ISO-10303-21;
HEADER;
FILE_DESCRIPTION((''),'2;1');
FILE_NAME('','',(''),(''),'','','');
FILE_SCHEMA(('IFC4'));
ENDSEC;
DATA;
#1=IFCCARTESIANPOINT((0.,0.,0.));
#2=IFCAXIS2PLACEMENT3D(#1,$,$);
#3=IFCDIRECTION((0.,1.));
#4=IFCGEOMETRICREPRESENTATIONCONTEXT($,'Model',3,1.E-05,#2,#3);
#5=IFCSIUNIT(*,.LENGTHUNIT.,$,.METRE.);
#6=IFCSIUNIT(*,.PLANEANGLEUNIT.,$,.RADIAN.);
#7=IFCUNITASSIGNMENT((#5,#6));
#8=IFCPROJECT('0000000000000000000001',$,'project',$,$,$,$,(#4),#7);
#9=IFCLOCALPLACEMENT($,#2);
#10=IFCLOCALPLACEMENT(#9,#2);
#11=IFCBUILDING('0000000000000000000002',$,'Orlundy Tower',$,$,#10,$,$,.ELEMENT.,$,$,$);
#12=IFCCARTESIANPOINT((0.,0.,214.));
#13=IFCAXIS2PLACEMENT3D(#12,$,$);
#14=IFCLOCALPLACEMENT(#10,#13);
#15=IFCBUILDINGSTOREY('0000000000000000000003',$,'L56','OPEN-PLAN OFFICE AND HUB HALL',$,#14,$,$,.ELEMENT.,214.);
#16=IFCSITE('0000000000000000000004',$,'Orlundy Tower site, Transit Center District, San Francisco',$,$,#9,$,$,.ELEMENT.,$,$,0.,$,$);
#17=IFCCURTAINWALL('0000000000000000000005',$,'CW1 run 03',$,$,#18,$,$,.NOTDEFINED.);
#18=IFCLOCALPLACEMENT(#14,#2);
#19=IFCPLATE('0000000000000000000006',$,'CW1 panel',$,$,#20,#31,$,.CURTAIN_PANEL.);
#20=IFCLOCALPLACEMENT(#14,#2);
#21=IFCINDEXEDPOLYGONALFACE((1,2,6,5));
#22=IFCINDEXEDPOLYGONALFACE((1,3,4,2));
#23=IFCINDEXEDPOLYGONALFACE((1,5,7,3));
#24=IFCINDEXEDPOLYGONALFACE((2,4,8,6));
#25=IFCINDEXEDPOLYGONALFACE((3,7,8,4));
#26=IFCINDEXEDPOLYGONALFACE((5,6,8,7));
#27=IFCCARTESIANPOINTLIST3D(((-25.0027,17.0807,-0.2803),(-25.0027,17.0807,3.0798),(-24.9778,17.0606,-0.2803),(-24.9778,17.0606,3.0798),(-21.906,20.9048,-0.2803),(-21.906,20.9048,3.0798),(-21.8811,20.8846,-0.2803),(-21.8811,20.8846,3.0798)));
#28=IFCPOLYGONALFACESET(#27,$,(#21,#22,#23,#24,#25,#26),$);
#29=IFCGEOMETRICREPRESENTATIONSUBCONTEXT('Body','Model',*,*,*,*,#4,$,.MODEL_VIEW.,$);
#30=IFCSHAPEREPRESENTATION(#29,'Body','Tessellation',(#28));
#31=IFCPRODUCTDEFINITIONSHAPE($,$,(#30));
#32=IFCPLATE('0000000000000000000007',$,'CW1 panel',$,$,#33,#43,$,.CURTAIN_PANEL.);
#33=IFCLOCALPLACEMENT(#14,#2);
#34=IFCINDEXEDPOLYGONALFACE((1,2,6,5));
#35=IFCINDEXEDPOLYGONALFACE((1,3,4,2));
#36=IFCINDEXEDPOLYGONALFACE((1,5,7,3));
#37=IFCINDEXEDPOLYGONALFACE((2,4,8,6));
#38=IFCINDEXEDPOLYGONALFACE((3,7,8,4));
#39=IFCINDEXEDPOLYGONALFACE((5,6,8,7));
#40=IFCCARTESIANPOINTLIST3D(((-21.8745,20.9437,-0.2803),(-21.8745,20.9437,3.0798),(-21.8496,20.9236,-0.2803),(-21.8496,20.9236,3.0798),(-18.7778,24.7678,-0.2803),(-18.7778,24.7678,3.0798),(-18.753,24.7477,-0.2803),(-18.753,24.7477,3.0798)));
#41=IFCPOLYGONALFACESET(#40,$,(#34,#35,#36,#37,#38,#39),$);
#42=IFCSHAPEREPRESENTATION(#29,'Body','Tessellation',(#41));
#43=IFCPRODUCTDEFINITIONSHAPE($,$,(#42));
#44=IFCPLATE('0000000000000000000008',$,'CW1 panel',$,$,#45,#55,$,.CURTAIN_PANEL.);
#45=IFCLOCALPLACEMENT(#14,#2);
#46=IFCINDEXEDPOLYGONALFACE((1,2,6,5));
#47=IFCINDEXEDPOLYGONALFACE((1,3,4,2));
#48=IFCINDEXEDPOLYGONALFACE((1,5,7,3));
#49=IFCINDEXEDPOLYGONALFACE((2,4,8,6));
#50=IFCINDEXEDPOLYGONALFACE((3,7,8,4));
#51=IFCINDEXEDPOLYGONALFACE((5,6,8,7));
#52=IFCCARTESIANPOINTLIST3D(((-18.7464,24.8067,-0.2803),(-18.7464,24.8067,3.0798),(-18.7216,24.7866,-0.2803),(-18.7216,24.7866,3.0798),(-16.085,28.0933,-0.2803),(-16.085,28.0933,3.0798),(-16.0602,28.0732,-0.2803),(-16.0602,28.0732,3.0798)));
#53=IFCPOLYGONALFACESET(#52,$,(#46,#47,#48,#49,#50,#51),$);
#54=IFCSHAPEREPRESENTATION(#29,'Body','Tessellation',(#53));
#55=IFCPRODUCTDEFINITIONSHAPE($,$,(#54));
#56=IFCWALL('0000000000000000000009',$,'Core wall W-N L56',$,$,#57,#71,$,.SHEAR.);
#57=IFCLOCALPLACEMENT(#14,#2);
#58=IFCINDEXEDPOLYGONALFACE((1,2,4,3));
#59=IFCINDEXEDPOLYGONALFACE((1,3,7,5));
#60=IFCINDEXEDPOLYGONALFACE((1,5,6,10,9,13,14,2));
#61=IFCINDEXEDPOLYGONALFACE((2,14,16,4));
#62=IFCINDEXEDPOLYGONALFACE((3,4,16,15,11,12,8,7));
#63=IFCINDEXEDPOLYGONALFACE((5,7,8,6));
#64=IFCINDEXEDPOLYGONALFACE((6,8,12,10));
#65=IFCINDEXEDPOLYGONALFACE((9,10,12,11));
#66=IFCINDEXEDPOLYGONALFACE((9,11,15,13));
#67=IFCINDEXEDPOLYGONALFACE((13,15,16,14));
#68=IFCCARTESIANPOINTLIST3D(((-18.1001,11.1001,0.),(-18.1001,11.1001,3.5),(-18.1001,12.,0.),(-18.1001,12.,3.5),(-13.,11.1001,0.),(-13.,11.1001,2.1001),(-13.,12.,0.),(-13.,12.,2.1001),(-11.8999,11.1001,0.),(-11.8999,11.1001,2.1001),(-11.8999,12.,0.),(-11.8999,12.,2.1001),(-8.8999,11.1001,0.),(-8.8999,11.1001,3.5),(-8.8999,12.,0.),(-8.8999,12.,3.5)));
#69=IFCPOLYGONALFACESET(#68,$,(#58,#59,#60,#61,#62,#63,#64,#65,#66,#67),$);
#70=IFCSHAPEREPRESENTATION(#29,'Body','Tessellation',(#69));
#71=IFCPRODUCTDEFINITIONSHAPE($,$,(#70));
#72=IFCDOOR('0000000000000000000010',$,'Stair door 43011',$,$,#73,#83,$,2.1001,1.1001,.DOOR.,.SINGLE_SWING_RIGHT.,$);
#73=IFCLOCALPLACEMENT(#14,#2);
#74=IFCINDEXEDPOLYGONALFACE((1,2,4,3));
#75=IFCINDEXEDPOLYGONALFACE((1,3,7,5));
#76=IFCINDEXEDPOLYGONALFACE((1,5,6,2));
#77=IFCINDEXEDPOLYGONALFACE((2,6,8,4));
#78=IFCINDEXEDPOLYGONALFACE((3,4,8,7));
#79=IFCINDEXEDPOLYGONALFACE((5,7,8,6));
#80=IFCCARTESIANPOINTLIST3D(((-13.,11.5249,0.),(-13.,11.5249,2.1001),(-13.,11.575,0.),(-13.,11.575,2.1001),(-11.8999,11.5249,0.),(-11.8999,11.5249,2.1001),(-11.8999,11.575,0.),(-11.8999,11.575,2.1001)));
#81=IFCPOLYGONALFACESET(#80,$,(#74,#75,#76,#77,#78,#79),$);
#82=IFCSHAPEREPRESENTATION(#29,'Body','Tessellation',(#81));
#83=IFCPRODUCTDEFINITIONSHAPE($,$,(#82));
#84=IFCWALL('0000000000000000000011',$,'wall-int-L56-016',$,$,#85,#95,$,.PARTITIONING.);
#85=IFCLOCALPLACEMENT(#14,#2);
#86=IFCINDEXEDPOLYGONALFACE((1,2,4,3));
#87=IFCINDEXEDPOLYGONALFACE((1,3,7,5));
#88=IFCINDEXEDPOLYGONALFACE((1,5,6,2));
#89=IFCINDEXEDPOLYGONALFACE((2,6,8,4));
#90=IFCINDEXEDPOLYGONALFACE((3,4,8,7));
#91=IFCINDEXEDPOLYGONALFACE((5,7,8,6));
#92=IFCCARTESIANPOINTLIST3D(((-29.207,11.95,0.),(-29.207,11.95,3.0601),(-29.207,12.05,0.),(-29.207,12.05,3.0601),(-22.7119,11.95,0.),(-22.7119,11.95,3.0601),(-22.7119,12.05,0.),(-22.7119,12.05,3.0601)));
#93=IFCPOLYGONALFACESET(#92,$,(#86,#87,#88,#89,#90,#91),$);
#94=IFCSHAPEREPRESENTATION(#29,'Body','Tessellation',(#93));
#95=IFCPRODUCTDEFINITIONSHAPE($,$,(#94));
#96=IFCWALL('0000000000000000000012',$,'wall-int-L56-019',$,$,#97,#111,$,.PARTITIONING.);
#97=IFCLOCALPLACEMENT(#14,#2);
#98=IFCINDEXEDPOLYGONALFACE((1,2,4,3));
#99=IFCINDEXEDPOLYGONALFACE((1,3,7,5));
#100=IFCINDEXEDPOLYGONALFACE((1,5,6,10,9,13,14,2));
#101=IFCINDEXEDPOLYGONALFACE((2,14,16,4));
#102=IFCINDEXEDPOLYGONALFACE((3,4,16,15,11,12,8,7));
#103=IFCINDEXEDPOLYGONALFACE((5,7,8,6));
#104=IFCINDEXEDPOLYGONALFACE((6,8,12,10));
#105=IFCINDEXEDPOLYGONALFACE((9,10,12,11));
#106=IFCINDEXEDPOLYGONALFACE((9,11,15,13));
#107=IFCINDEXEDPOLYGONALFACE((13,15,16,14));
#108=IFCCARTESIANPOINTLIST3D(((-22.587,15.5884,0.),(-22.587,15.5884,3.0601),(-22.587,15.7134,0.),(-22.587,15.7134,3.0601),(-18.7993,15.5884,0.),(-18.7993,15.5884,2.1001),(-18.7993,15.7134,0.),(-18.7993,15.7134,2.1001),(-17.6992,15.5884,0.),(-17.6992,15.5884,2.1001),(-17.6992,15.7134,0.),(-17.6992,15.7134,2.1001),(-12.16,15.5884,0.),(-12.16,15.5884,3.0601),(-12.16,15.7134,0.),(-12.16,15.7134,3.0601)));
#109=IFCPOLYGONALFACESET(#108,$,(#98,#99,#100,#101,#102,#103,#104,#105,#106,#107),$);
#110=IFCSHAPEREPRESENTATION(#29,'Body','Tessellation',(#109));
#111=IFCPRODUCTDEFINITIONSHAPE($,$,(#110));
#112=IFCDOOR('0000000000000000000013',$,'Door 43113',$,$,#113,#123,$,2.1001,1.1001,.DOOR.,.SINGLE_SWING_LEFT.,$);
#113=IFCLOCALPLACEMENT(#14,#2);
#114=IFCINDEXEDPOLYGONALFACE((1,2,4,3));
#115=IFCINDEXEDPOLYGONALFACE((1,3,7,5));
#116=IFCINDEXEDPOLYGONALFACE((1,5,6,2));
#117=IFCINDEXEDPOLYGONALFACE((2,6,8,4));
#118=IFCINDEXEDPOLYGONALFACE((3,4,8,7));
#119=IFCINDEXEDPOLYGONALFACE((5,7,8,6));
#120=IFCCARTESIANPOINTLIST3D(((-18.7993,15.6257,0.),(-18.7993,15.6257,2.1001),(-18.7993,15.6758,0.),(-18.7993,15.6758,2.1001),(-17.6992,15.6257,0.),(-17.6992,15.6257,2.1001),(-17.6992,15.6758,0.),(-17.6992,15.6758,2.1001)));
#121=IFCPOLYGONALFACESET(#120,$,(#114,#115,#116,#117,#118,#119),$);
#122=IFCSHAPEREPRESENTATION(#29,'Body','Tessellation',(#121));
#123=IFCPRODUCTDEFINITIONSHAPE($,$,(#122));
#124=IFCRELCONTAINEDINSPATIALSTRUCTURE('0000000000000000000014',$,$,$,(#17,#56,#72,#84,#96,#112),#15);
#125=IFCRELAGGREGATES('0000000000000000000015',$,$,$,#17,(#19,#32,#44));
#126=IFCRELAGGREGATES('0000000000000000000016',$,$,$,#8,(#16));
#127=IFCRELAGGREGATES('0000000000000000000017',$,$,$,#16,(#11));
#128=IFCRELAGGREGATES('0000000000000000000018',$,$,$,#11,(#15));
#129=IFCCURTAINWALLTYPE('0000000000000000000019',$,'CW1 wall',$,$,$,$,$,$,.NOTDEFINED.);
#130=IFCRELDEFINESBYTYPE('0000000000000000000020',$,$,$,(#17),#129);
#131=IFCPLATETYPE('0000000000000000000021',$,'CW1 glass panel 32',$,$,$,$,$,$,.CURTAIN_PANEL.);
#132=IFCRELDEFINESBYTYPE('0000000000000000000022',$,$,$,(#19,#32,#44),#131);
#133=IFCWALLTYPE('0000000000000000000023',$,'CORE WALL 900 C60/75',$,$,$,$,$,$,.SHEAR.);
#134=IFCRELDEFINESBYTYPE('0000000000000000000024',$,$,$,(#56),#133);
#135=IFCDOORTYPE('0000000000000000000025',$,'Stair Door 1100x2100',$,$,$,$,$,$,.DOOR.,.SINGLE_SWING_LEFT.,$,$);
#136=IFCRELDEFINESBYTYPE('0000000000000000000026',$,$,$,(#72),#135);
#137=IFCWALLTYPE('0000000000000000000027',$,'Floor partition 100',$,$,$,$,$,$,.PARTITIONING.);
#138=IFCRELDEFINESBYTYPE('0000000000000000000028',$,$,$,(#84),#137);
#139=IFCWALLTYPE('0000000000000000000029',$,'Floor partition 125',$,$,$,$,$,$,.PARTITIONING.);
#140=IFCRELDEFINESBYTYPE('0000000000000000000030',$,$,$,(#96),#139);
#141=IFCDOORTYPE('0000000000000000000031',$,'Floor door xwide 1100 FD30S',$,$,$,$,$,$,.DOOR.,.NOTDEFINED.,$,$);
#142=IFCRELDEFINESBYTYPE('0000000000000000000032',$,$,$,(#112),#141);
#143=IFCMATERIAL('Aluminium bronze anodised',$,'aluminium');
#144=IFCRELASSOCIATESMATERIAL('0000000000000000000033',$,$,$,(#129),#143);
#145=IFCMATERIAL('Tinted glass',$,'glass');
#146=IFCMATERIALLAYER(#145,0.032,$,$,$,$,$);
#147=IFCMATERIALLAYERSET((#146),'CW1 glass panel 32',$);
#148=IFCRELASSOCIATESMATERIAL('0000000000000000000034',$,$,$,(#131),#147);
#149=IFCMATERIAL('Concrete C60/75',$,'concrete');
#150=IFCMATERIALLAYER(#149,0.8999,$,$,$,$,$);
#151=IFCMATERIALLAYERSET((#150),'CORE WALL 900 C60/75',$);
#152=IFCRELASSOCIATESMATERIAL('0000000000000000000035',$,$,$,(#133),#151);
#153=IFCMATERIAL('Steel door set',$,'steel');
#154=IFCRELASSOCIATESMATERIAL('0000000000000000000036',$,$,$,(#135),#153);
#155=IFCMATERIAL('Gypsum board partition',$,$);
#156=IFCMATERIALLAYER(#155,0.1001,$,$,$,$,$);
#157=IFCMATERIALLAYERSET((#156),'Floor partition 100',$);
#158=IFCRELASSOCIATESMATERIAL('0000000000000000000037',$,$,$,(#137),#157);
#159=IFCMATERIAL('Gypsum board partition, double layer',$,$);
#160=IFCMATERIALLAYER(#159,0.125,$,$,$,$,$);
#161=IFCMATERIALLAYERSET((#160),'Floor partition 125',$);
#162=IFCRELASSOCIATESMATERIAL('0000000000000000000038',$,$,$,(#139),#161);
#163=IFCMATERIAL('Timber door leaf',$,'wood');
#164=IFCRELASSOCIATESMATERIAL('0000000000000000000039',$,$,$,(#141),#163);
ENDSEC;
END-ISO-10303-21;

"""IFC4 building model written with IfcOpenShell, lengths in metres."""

from ifc_helpers import new_model, si_unit, direction, frame, frame_2d, origin, origin_2d, place, context, subcontext, project, spatial, rectangle, extrude, material, layer, layer_set, type_object, element, fill, aggregate, save


model = new_model("IFC4")

# Units and contexts
model_context = context("Model", 3, precision=1e-05, world=origin(), true_north=direction((0.0, 1.0)))
body_context = subcontext(model_context, "Body", "Model", "MODEL_VIEW")
ifc_project = project(units=[si_unit("LENGTHUNIT", "METRE"), si_unit("PLANEANGLEUNIT", "RADIAN")], contexts=[model_context])

# Site, building, storey
site_placement = place(None, origin())
site = spatial("IfcSite", under=ifc_project, at=site_placement, Name="Orlundy Tower site, Transit Center District, San Francisco", CompositionType="ELEMENT", RefElevation=0.0)
building_placement = place(site_placement, origin())
building = spatial("IfcBuilding", under=site, at=building_placement, Name="Orlundy Tower", CompositionType="ELEMENT")
storey_placement = place(building_placement, frame((0.0, 0.0, 214.0)))
storey = spatial("IfcBuildingStorey", under=building, at=storey_placement, Name="L56", Description="OPEN-PLAN OFFICE AND HUB HALL", CompositionType="ELEMENT", Elevation=214.0)

# Shared definitions
ifc_material_1 = material(Name="Aluminium bronze anodised", Category="aluminium")
curtain_wall_type = type_object("IfcCurtainWallType", Name="CW1 wall", PredefinedType="NOTDEFINED", material=ifc_material_1)

# Curtain wall
curtain_wall_1_placement = place(storey_placement, origin())
curtain_wall_1 = element("IfcCurtainWall", 1, at=curtain_wall_1_placement, inside=storey, type_object=curtain_wall_type, Name="CW1 run 03", PredefinedType="NOTDEFINED")

# Plates
ifc_material_2 = material(Name="Tinted glass", Category="glass")
ifc_layer_1 = layer(ifc_material_2, 0.032)
ifc_layer_set_1 = layer_set([ifc_layer_1], Name="CW1 glass panel 32")
plate_type = type_object("IfcPlateType", Name="CW1 glass panel 32", PredefinedType="CURTAIN_PANEL", material=ifc_layer_set_1)
plate_1_placement = place(storey_placement, frame((-23.4419, 18.9827, -0.2803), z_axis=(0.0, 0.0, 1.0), x_axis=(0.629321, 0.777146, 0.0)))
plate_1 = element("IfcPlate", 2, at=plate_1_placement, type_object=plate_type, Name="CW1 panel", PredefinedType="CURTAIN_PANEL", context=body_context, shape_type="SweptSolid", body=[
    extrude(rectangle(XDim=4.9207, YDim=0.032, at=origin_2d()), origin(), (0.0, 0.0, 1.0), 3.3601),
])
plate_2_placement = place(storey_placement, frame((-20.3137, 22.8457, -0.2803), z_axis=(0.0, 0.0, 1.0), x_axis=(0.629321, 0.777146, 0.0)))
plate_2 = element("IfcPlate", 3, at=plate_2_placement, type_object=plate_type, Name="CW1 panel", PredefinedType="CURTAIN_PANEL", context=body_context, shape_type="SweptSolid", body=[
    extrude(rectangle(XDim=4.9207, YDim=0.032, at=origin_2d()), origin(), (0.0, 0.0, 1.0), 3.3601),
])
plate_3_placement = place(storey_placement, frame((-17.4033, 26.4399, -0.2803), z_axis=(0.0, 0.0, 1.0), x_axis=(0.629321, 0.777146, 0.0)))
plate_3 = element("IfcPlate", 4, at=plate_3_placement, type_object=plate_type, Name="CW1 panel", PredefinedType="CURTAIN_PANEL", context=body_context, shape_type="SweptSolid", body=[
    extrude(rectangle(XDim=4.229, YDim=0.032, at=origin_2d()), origin(), (0.0, 0.0, 1.0), 3.3601),
])
aggregate(curtain_wall_1, [plate_1, plate_2, plate_3])

# Wall, opening, door
ifc_material_3 = material(Name="Concrete C60/75", Category="concrete")
ifc_layer_2 = layer(ifc_material_3, 0.8999)
ifc_layer_set_2 = layer_set([ifc_layer_2], Name="CORE WALL 900 C60/75")
wall_type_1 = type_object("IfcWallType", Name="CORE WALL 900 C60/75", PredefinedType="SHEAR", material=ifc_layer_set_2)
wall_1_placement = place(storey_placement, frame((-18.1001, 11.55, 0.0), z_axis=(0.0, 0.0, 1.0), x_axis=(1.0, 0.0, 0.0)))
wall_1 = element("IfcWall", 5, at=wall_1_placement, inside=storey, type_object=wall_type_1, Name="Core wall W-N L56", PredefinedType="SHEAR", context=body_context, shape_type="SweptSolid", body=[
    extrude(rectangle(XDim=9.2002, YDim=0.8999, at=frame_2d((4.6001, 0.0))), origin(), (0.0, 0.0, 1.0), 3.5),
])
opening_1_placement = place(wall_1_placement, frame((5.1001, 0.0, 0.0)))
opening_1 = element("IfcOpeningElement", 6, at=opening_1_placement, cuts=wall_1, PredefinedType="OPENING", context=body_context, shape_type="SweptSolid", body=[
    extrude(rectangle(XDim=1.1001, YDim=2.1001, at=frame_2d((0.55, 1.05))), frame((0.0, 0.46, 0.0), z_axis=(0.0, -1.0, 0.0), x_axis=(1.0, 0.0, 0.0)), (0.0, 0.0, 1.0), 0.9199),
])
ifc_material_4 = material(Name="Steel door set", Category="steel")
door_type_1 = type_object("IfcDoorType", Name="Stair Door 1100x2100", OperationType="SINGLE_SWING_LEFT", PredefinedType="DOOR", material=ifc_material_4)
door_1_placement = place(opening_1_placement, origin())
door_1 = element("IfcDoor", 7, at=door_1_placement, inside=storey, type_object=door_type_1, Name="Stair door 43011", OperationType="SINGLE_SWING_RIGHT", OverallHeight=2.1001, OverallWidth=1.1001, PredefinedType="DOOR", context=body_context, shape_type="SweptSolid", body=[
    extrude(rectangle(XDim=1.1001, YDim=2.1001, at=frame_2d((0.55, 1.05))), frame((0.0, 0.0249, 0.0), z_axis=(0.0, -1.0, 0.0), x_axis=(1.0, 0.0, 0.0)), (0.0, 0.0, 1.0), 0.05),
])
fill(opening_1, door_1)

# Wall
ifc_material_5 = material(Name="Gypsum board partition")
ifc_layer_3 = layer(ifc_material_5, 0.1001)
ifc_layer_set_3 = layer_set([ifc_layer_3], Name="Floor partition 100")
wall_type_2 = type_object("IfcWallType", Name="Floor partition 100", PredefinedType="PARTITIONING", material=ifc_layer_set_3)
wall_2_placement = place(storey_placement, frame((-29.207, 12.0, 0.0), z_axis=(0.0, 0.0, 1.0), x_axis=(1.0, 0.0, 0.0)))
element("IfcWall", 8, at=wall_2_placement, inside=storey, type_object=wall_type_2, Name="wall-int-L56-016", PredefinedType="PARTITIONING", context=body_context, shape_type="SweptSolid", body=[
    extrude(rectangle(XDim=6.4951, YDim=0.1001, at=frame_2d((3.2476, 0.0))), origin(), (0.0, 0.0, 1.0), 3.0601),
])

# Wall, opening, door
ifc_material_6 = material(Name="Gypsum board partition, double layer")
ifc_layer_4 = layer(ifc_material_6, 0.125)
ifc_layer_set_4 = layer_set([ifc_layer_4], Name="Floor partition 125")
wall_type_3 = type_object("IfcWallType", Name="Floor partition 125", PredefinedType="PARTITIONING", material=ifc_layer_set_4)
wall_3_placement = place(storey_placement, frame((-22.5869, 15.6509, 0.0), z_axis=(0.0, 0.0, 1.0), x_axis=(1.0, 0.0, 0.0)))
wall_3 = element("IfcWall", 9, at=wall_3_placement, inside=storey, type_object=wall_type_3, Name="wall-int-L56-019", PredefinedType="PARTITIONING", context=body_context, shape_type="SweptSolid", body=[
    extrude(rectangle(XDim=10.427, YDim=0.125, at=frame_2d((5.2134, 0.0))), origin(), (0.0, 0.0, 1.0), 3.0601),
])
opening_2_placement = place(wall_3_placement, frame((3.7876, 0.0, 0.0)))
opening_2 = element("IfcOpeningElement", 10, at=opening_2_placement, cuts=wall_3, PredefinedType="OPENING", context=body_context, shape_type="SweptSolid", body=[
    extrude(rectangle(XDim=1.1001, YDim=2.1001, at=frame_2d((0.55, 1.05))), frame((0.0, 0.0725, 0.0), z_axis=(0.0, -1.0, 0.0), x_axis=(1.0, 0.0, 0.0)), (0.0, 0.0, 1.0), 0.145),
])
ifc_material_7 = material(Name="Timber door leaf", Category="wood")
door_type_2 = type_object("IfcDoorType", Name="Floor door xwide 1100 FD30S", OperationType="NOTDEFINED", PredefinedType="DOOR", material=ifc_material_7)
door_2_placement = place(opening_2_placement, origin())
door_2 = element("IfcDoor", 11, at=door_2_placement, inside=storey, type_object=door_type_2, Name="Door 43113", OperationType="SINGLE_SWING_LEFT", OverallHeight=2.1001, OverallWidth=1.1001, PredefinedType="DOOR", context=body_context, shape_type="SweptSolid", body=[
    extrude(rectangle(XDim=1.1001, YDim=2.1001, at=frame_2d((0.55, 1.05))), frame((0.0, 0.0249, 0.0), z_axis=(0.0, -1.0, 0.0), x_axis=(1.0, 0.0, 0.0)), (0.0, 0.0, 1.0), 0.05),
])
fill(opening_2, door_2)

save(model, "model.ifc")
